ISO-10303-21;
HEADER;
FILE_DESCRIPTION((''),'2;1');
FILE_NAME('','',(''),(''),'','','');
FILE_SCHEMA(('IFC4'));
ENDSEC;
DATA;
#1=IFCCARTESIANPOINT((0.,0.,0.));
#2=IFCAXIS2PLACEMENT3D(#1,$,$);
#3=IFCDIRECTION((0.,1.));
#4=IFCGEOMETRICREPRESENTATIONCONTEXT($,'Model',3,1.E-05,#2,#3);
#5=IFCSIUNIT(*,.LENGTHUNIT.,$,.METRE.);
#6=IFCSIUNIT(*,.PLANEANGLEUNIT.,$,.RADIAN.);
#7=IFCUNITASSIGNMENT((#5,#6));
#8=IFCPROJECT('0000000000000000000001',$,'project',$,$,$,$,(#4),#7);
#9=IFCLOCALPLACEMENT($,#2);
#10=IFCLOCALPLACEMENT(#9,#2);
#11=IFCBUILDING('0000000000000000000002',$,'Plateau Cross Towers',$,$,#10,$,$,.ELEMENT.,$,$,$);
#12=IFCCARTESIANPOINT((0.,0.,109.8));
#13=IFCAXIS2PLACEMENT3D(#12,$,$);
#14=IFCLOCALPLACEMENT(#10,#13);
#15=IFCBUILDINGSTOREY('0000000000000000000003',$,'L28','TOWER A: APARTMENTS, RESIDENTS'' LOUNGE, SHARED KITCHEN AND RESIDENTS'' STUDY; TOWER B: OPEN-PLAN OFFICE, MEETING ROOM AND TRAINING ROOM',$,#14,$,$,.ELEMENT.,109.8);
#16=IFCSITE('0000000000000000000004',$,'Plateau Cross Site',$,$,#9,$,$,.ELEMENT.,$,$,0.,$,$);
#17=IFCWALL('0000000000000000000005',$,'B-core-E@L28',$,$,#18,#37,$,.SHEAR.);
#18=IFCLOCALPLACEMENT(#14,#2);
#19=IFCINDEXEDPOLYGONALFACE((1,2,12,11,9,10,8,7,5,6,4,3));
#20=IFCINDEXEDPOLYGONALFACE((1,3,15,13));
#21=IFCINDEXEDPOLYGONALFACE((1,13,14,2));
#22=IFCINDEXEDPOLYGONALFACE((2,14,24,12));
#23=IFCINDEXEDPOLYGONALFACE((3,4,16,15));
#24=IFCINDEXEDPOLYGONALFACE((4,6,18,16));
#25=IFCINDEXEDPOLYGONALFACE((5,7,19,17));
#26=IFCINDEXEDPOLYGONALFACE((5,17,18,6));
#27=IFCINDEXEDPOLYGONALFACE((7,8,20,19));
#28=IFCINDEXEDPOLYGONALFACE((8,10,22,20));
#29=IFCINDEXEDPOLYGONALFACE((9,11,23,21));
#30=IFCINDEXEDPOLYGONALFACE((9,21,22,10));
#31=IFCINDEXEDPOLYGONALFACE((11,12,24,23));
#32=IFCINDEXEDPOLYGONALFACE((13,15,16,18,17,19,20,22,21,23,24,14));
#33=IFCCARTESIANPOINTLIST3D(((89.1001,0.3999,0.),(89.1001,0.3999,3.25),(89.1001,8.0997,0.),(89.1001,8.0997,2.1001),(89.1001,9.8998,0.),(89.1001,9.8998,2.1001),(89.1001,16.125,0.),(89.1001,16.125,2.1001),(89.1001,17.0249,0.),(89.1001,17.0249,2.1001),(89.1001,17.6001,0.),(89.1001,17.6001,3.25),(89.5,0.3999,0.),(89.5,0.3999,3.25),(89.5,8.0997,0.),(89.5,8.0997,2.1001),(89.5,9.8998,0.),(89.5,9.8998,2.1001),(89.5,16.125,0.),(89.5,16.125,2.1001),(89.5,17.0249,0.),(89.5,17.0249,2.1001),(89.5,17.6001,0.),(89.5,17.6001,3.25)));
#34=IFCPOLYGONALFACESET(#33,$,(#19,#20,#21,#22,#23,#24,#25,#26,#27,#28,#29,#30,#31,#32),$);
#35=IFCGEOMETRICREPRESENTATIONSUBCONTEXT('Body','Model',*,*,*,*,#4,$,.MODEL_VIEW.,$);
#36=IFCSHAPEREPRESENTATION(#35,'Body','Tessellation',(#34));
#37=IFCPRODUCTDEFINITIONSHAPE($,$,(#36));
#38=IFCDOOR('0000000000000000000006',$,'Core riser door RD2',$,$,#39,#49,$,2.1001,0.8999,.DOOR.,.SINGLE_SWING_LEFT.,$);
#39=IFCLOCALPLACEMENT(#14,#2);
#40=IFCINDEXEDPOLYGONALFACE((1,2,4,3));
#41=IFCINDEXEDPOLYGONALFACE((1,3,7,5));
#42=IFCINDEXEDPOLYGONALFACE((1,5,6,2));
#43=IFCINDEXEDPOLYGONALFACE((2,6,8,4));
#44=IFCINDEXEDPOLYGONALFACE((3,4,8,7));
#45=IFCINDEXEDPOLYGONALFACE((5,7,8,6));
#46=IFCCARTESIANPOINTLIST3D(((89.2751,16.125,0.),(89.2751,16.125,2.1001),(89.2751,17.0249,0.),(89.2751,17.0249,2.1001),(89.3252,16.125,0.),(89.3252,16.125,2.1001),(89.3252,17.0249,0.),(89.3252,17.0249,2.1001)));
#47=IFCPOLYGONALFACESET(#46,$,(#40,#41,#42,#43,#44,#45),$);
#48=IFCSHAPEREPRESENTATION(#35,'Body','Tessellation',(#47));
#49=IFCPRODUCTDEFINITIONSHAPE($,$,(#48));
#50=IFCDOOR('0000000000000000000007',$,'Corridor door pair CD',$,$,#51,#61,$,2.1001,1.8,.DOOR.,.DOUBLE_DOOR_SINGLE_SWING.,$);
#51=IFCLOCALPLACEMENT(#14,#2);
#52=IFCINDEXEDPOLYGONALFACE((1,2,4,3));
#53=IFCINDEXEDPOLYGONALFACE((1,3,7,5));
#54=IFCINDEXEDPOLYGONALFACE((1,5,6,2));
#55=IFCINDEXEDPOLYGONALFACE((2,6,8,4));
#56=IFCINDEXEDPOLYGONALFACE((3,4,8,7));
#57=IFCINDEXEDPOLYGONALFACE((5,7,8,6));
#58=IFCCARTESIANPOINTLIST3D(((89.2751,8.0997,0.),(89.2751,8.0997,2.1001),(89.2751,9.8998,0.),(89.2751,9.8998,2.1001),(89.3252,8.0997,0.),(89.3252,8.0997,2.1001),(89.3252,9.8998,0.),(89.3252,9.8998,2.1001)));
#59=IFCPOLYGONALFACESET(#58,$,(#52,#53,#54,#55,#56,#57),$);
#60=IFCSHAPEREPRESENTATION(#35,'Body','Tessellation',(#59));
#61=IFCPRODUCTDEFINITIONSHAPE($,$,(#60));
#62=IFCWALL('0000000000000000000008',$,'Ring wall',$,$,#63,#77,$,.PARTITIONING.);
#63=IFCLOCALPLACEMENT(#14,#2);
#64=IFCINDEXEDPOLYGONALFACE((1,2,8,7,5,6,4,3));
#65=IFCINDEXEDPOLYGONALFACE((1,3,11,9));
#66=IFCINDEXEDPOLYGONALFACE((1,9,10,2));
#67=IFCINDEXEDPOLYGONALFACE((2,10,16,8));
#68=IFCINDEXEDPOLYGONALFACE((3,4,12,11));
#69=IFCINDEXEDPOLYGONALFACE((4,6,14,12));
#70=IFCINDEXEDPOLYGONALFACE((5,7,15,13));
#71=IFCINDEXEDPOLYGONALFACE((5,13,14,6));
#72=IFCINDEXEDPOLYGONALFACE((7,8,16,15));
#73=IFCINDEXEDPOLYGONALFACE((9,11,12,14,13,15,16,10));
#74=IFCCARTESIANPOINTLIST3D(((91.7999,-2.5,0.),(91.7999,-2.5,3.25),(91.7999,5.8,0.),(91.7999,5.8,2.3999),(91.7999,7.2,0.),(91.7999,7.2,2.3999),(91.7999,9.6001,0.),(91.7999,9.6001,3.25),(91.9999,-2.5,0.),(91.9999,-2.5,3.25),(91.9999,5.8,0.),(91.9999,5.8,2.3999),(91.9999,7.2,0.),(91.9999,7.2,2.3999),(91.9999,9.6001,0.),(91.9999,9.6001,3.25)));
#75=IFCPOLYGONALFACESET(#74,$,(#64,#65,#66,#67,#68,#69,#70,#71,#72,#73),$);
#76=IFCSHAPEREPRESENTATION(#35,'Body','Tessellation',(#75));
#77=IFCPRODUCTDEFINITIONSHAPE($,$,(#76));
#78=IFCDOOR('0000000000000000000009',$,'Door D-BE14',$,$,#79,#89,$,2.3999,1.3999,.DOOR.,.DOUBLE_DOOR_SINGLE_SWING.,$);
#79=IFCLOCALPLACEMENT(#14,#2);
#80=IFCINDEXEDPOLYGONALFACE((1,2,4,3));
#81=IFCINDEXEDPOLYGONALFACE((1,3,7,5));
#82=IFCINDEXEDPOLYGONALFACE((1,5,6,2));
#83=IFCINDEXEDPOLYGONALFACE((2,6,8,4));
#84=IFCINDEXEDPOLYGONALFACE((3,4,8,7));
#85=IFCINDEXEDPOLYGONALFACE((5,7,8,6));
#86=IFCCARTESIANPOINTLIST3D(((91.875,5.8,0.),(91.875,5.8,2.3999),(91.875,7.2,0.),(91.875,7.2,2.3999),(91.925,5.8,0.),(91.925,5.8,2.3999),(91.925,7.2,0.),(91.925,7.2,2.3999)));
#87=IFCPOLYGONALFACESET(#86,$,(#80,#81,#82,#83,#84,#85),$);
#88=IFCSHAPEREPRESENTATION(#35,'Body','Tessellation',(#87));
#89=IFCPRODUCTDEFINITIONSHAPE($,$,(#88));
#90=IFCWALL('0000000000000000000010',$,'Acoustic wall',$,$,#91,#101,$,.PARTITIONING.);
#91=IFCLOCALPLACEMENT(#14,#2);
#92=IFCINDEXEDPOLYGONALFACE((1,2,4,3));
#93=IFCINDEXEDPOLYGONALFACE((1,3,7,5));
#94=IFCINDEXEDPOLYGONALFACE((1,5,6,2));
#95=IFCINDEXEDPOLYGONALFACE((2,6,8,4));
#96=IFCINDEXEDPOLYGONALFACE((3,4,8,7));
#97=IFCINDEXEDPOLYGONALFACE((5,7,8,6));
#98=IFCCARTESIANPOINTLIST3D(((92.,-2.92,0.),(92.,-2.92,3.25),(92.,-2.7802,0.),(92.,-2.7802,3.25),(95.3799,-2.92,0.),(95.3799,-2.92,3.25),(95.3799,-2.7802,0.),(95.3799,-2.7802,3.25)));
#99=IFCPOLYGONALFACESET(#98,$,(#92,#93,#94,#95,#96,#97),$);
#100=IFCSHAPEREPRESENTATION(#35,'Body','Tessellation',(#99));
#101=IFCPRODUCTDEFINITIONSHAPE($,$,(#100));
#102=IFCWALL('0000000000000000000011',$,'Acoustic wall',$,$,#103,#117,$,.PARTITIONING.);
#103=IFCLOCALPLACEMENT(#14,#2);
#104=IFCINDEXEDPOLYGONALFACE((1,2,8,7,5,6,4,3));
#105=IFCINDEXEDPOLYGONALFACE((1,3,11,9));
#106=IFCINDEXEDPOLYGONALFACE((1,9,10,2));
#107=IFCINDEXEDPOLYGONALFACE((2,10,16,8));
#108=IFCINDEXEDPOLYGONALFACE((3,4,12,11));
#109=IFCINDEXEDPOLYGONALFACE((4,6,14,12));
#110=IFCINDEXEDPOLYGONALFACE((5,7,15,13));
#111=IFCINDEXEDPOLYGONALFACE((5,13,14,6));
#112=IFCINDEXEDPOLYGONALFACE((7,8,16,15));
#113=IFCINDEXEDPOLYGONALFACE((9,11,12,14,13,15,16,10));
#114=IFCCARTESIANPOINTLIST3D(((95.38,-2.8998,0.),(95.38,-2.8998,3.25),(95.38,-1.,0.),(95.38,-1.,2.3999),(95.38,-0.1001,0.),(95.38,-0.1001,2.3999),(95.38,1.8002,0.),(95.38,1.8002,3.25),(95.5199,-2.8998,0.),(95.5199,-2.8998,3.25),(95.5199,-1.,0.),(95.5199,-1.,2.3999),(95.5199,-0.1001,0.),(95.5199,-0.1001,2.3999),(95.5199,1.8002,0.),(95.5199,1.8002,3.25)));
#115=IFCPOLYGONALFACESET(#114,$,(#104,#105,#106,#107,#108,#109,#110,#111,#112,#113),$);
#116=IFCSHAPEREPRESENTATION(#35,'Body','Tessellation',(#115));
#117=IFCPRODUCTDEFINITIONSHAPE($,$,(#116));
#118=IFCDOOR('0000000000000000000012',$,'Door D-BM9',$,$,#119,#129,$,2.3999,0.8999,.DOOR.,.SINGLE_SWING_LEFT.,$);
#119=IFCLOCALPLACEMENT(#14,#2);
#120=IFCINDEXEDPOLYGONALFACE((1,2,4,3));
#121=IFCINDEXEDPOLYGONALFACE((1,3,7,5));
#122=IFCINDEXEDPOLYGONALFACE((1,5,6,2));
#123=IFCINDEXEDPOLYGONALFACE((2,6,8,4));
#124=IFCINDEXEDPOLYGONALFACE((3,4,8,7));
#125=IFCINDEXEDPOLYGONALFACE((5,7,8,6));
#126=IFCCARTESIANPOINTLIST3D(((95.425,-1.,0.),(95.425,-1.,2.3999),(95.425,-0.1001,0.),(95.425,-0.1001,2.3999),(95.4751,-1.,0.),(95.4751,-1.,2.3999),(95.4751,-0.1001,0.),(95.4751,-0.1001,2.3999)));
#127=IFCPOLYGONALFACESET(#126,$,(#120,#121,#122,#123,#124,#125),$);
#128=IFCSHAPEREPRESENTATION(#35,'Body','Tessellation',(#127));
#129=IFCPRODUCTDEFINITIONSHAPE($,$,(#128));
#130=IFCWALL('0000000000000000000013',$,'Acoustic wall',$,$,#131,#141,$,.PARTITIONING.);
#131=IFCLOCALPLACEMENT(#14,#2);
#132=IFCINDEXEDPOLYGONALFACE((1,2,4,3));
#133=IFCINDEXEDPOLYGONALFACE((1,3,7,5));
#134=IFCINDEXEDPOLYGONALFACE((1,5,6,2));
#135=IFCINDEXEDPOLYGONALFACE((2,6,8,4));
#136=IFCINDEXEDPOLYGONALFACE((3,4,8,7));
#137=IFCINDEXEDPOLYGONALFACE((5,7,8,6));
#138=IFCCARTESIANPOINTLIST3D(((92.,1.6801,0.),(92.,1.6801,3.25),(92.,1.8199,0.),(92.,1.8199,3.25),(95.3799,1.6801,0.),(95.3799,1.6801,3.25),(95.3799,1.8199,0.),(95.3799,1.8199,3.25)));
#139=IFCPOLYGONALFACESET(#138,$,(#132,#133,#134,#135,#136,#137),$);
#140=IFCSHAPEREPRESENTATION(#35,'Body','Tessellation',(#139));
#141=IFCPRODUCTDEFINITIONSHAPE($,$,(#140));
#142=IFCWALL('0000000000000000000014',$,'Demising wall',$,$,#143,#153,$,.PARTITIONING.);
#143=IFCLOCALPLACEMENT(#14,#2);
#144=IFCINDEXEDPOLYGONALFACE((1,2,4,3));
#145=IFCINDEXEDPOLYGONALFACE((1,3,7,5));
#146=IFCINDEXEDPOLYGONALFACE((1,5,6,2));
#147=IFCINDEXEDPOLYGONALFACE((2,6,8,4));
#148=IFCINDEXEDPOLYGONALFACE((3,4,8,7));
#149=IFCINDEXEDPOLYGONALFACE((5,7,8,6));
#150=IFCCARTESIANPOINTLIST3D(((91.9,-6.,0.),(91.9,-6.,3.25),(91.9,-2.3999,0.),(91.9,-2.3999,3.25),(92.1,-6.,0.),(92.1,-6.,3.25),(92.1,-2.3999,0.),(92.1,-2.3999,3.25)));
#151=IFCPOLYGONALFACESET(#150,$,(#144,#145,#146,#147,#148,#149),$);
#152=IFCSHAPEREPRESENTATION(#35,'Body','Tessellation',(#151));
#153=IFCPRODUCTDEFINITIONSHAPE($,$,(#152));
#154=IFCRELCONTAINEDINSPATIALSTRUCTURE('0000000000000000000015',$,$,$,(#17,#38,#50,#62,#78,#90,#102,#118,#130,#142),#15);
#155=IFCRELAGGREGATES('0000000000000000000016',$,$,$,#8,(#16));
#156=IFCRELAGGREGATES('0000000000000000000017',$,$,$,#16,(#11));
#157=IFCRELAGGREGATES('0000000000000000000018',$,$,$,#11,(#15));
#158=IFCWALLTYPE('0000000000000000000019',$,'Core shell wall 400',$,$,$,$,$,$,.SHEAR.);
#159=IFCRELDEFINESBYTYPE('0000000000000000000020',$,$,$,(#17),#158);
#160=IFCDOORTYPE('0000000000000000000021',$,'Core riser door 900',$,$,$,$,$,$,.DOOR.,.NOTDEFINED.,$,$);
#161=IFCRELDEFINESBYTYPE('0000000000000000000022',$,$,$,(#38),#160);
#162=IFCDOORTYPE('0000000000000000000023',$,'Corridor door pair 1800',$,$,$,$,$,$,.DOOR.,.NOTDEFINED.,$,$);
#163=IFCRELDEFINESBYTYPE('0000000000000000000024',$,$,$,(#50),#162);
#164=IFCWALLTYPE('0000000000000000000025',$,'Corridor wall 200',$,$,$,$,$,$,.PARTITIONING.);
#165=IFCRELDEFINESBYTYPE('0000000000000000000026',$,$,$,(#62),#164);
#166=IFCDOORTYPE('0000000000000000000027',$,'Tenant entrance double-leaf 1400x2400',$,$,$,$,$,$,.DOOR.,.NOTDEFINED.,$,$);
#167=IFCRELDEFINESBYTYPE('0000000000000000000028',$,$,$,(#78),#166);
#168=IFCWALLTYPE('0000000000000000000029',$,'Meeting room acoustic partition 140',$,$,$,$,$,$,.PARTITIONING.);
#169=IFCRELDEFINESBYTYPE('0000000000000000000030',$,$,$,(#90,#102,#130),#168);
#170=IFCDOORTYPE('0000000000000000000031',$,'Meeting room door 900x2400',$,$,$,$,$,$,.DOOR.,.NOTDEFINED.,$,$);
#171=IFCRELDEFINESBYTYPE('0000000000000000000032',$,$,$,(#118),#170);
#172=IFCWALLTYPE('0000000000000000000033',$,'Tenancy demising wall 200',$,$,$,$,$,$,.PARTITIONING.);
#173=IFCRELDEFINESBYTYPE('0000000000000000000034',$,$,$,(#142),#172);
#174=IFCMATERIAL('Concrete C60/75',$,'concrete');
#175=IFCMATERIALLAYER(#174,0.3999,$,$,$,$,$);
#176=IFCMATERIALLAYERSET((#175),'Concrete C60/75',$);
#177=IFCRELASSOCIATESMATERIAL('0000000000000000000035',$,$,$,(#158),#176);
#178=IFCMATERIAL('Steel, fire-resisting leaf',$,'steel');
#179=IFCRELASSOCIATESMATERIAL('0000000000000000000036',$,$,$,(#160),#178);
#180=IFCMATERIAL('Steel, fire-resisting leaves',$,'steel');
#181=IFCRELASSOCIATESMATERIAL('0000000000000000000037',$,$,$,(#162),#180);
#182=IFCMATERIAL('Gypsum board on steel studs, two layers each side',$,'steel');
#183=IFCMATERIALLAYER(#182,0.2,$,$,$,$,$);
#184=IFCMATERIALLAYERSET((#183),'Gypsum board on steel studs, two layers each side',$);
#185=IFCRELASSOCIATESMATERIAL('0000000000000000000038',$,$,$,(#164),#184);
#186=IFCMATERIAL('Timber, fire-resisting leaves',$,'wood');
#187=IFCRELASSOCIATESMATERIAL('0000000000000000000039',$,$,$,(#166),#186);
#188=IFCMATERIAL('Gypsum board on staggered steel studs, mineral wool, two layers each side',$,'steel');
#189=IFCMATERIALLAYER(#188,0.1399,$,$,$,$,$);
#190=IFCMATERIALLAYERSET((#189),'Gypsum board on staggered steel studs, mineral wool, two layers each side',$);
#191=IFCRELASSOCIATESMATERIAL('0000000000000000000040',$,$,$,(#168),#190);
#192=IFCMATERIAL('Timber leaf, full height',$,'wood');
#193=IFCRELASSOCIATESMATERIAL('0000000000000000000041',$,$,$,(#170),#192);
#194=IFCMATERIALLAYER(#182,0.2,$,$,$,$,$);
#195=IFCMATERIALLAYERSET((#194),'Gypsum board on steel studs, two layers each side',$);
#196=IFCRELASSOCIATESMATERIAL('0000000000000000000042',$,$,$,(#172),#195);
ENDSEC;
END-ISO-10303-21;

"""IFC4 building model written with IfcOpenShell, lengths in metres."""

from ifc_helpers import new_model, si_unit, direction, frame, frame_2d, origin, place, context, subcontext, project, spatial, rectangle, extrude, material, layer, layer_set, type_object, element, fill, save


model = new_model("IFC4")

# Units and contexts
model_context = context("Model", 3, precision=1e-05, world=origin(), true_north=direction((0.0, 1.0)))
body_context = subcontext(model_context, "Body", "Model", "MODEL_VIEW")
ifc_project = project(units=[si_unit("LENGTHUNIT", "METRE"), si_unit("PLANEANGLEUNIT", "RADIAN")], contexts=[model_context])

# Site, building, storey
site_placement = place(None, origin())
site = spatial("IfcSite", under=ifc_project, at=site_placement, Name="Plateau Cross Site", CompositionType="ELEMENT", RefElevation=0.0)
building_placement = place(site_placement, origin())
building = spatial("IfcBuilding", under=site, at=building_placement, Name="Plateau Cross Towers", CompositionType="ELEMENT")
storey_placement = place(building_placement, frame((0.0, 0.0, 109.8)))
storey = spatial("IfcBuildingStorey", under=building, at=storey_placement, Name="L28", Description="TOWER A: APARTMENTS, RESIDENTS' LOUNGE, SHARED KITCHEN AND RESIDENTS' STUDY; TOWER B: OPEN-PLAN OFFICE, MEETING ROOM AND TRAINING ROOM", CompositionType="ELEMENT", Elevation=109.8)

# Shared definitions
ifc_material_1 = material(Name="Concrete C60/75", Category="concrete")

# Shared definitions
ifc_material_2 = material(Name="Steel, fire-resisting leaf", Category="steel")

# Wall, openings, doors
ifc_layer_1 = layer(ifc_material_1, 0.3999)
ifc_layer_set_1 = layer_set([ifc_layer_1], Name="Concrete C60/75")
wall_type_1 = type_object("IfcWallType", Name="Core shell wall 400", PredefinedType="SHEAR", material=ifc_layer_set_1)
wall_1_placement = place(storey_placement, frame((89.3, 0.3999, 0.0), z_axis=(0.0, 0.0, 1.0), x_axis=(0.0, 1.0, 0.0)))
wall_1 = element("IfcWall", 1, at=wall_1_placement, inside=storey, type_object=wall_type_1, Name="B-core-E@L28", PredefinedType="SHEAR", context=body_context, shape_type="SweptSolid", body=[
    extrude(rectangle(XDim=17.2002, YDim=0.3999, at=frame_2d((8.6001, 0.0))), origin(), (0.0, 0.0, 1.0), 3.25),
])
opening_1_placement = place(wall_1_placement, frame((7.7, 0.0, 0.0)))
opening_1 = element("IfcOpeningElement", 2, at=opening_1_placement, cuts=wall_1, PredefinedType="OPENING", context=body_context, shape_type="SweptSolid", body=[
    extrude(rectangle(XDim=1.8, YDim=2.1001, at=frame_2d((0.8999, 1.05))), frame((0.0, 0.21, 0.0), z_axis=(0.0, -1.0, 0.0), x_axis=(1.0, 0.0, 0.0)), (0.0, 0.0, 1.0), 0.4199),
])
opening_2_placement = place(wall_1_placement, frame((15.7251, 0.0, 0.0)))
opening_2 = element("IfcOpeningElement", 3, at=opening_2_placement, cuts=wall_1, PredefinedType="OPENING", context=body_context, shape_type="SweptSolid", body=[
    extrude(rectangle(XDim=0.8999, YDim=2.1001, at=frame_2d((0.45, 1.05))), frame((0.0, 0.21, 0.0), z_axis=(0.0, -1.0, 0.0), x_axis=(1.0, 0.0, 0.0)), (0.0, 0.0, 1.0), 0.4199),
])
door_type_1 = type_object("IfcDoorType", Name="Core riser door 900", OperationType="NOTDEFINED", PredefinedType="DOOR", material=ifc_material_2)
door_1_placement = place(opening_2_placement, origin())
door_1 = element("IfcDoor", 4, at=door_1_placement, inside=storey, type_object=door_type_1, Name="Core riser door RD2", OperationType="SINGLE_SWING_LEFT", OverallHeight=2.1001, OverallWidth=0.8999, PredefinedType="DOOR", context=body_context, shape_type="SweptSolid", body=[
    extrude(rectangle(XDim=0.8999, YDim=2.1001, at=frame_2d((0.45, 1.05))), frame((0.0, 0.0249, 0.0), z_axis=(0.0, -1.0, 0.0), x_axis=(1.0, 0.0, 0.0)), (0.0, 0.0, 1.0), 0.05),
])
fill(opening_2, door_1)
ifc_material_3 = material(Name="Steel, fire-resisting leaves", Category="steel")
door_type_2 = type_object("IfcDoorType", Name="Corridor door pair 1800", OperationType="NOTDEFINED", PredefinedType="DOOR", material=ifc_material_3)
door_2_placement = place(opening_1_placement, origin())
door_2 = element("IfcDoor", 5, at=door_2_placement, inside=storey, type_object=door_type_2, Name="Corridor door pair CD", OperationType="DOUBLE_DOOR_SINGLE_SWING", OverallHeight=2.1001, OverallWidth=1.8, PredefinedType="DOOR", context=body_context, shape_type="SweptSolid", body=[
    extrude(rectangle(XDim=1.8, YDim=2.1001, at=frame_2d((0.8999, 1.05))), frame((0.0, 0.0249, 0.0), z_axis=(0.0, -1.0, 0.0), x_axis=(1.0, 0.0, 0.0)), (0.0, 0.0, 1.0), 0.05),
])
fill(opening_1, door_2)

# Wall, opening, door
ifc_material_4 = material(Name="Gypsum board on steel studs, two layers each side", Category="steel")
ifc_layer_2 = layer(ifc_material_4, 0.2)
ifc_layer_set_2 = layer_set([ifc_layer_2], Name="Gypsum board on steel studs, two layers each side")
wall_type_2 = type_object("IfcWallType", Name="Corridor wall 200", PredefinedType="PARTITIONING", material=ifc_layer_set_2)
wall_2_placement = place(storey_placement, frame((91.8999, -2.5, 0.0), z_axis=(0.0, 0.0, 1.0), x_axis=(0.0, 1.0, 0.0)))
wall_2 = element("IfcWall", 6, at=wall_2_placement, inside=storey, type_object=wall_type_2, Name="Ring wall", PredefinedType="PARTITIONING", context=body_context, shape_type="SweptSolid", body=[
    extrude(rectangle(XDim=12.1001, YDim=0.2, at=frame_2d((6.05, 0.0))), origin(), (0.0, 0.0, 1.0), 3.25),
])
opening_3_placement = place(wall_2_placement, frame((8.3, 0.0, 0.0)))
opening_3 = element("IfcOpeningElement", 7, at=opening_3_placement, cuts=wall_2, PredefinedType="OPENING", context=body_context, shape_type="SweptSolid", body=[
    extrude(rectangle(XDim=1.3999, YDim=2.3999, at=frame_2d((0.7, 1.2))), frame((0.0, 0.1099, 0.0), z_axis=(0.0, -1.0, 0.0), x_axis=(1.0, 0.0, 0.0)), (0.0, 0.0, 1.0), 0.22),
])
ifc_material_5 = material(Name="Timber, fire-resisting leaves", Category="wood")
door_type_3 = type_object("IfcDoorType", Name="Tenant entrance double-leaf 1400x2400", OperationType="NOTDEFINED", PredefinedType="DOOR", material=ifc_material_5)
door_3_placement = place(opening_3_placement, origin())
door_3 = element("IfcDoor", 8, at=door_3_placement, inside=storey, type_object=door_type_3, Name="Door D-BE14", OperationType="DOUBLE_DOOR_SINGLE_SWING", OverallHeight=2.3999, OverallWidth=1.3999, PredefinedType="DOOR", context=body_context, shape_type="SweptSolid", body=[
    extrude(rectangle(XDim=1.3999, YDim=2.3999, at=frame_2d((0.7, 1.2))), frame((0.0, 0.0249, 0.0), z_axis=(0.0, -1.0, 0.0), x_axis=(1.0, 0.0, 0.0)), (0.0, 0.0, 1.0), 0.05),
])
fill(opening_3, door_3)
ifc_material_6 = material(Name="Gypsum board on staggered steel studs, mineral wool, two layers each side", Category="steel")
ifc_layer_3 = layer(ifc_material_6, 0.1399)
ifc_layer_set_3 = layer_set([ifc_layer_3], Name="Gypsum board on staggered steel studs, mineral wool, two layers each side")
wall_type_3 = type_object("IfcWallType", Name="Meeting room acoustic partition 140", PredefinedType="PARTITIONING", material=ifc_layer_set_3)
ifc_material_7 = material(Name="Timber leaf, full height", Category="wood")
door_type_4 = type_object("IfcDoorType", Name="Meeting room door 900x2400", OperationType="NOTDEFINED", PredefinedType="DOOR", material=ifc_material_7)

# Wall
wall_3_placement = place(storey_placement, frame((92.0, -2.8501, 0.0), z_axis=(0.0, 0.0, 1.0), x_axis=(1.0, 0.0, 0.0)))
element("IfcWall", 9, at=wall_3_placement, inside=storey, type_object=wall_type_3, Name="Acoustic wall", PredefinedType="PARTITIONING", context=body_context, shape_type="SweptSolid", body=[
    extrude(rectangle(XDim=3.3799, YDim=0.1399, at=frame_2d((1.6899, 0.0))), origin(), (0.0, 0.0, 1.0), 3.25),
])

# Wall, opening, door
wall_4_placement = place(storey_placement, frame((95.45, -2.8999, 0.0), z_axis=(0.0, 0.0, 1.0), x_axis=(0.0, 1.0, 0.0)))
wall_4 = element("IfcWall", 10, at=wall_4_placement, inside=storey, type_object=wall_type_3, Name="Acoustic wall", PredefinedType="PARTITIONING", context=body_context, shape_type="SweptSolid", body=[
    extrude(rectangle(XDim=4.7, YDim=0.1399, at=frame_2d((2.3501, 0.0))), origin(), (0.0, 0.0, 1.0), 3.25),
])
opening_4_placement = place(wall_4_placement, frame((1.8999, 0.0, 0.0)))
opening_4 = element("IfcOpeningElement", 11, at=opening_4_placement, cuts=wall_4, PredefinedType="OPENING", context=body_context, shape_type="SweptSolid", body=[
    extrude(rectangle(XDim=0.8999, YDim=2.3999, at=frame_2d((0.45, 1.2))), frame((0.0, 0.0798, 0.0), z_axis=(0.0, -1.0, 0.0), x_axis=(1.0, 0.0, 0.0)), (0.0, 0.0, 1.0), 0.1599),
])
door_4_placement = place(opening_4_placement, origin())
door_4 = element("IfcDoor", 12, at=door_4_placement, inside=storey, type_object=door_type_4, Name="Door D-BM9", OperationType="SINGLE_SWING_LEFT", OverallHeight=2.3999, OverallWidth=0.8999, PredefinedType="DOOR", context=body_context, shape_type="SweptSolid", body=[
    extrude(rectangle(XDim=0.8999, YDim=2.3999, at=frame_2d((0.45, 1.2))), frame((0.0, 0.0249, 0.0), z_axis=(0.0, -1.0, 0.0), x_axis=(1.0, 0.0, 0.0)), (0.0, 0.0, 1.0), 0.05),
])
fill(opening_4, door_4)

# Walls
wall_5_placement = place(storey_placement, frame((92.0, 1.75, 0.0), z_axis=(0.0, 0.0, 1.0), x_axis=(1.0, 0.0, 0.0)))
element("IfcWall", 13, at=wall_5_placement, inside=storey, type_object=wall_type_3, Name="Acoustic wall", PredefinedType="PARTITIONING", context=body_context, shape_type="SweptSolid", body=[
    extrude(rectangle(XDim=3.3799, YDim=0.1399, at=frame_2d((1.6899, 0.0))), origin(), (0.0, 0.0, 1.0), 3.25),
])
ifc_layer_4 = layer(ifc_material_4, 0.2)
ifc_layer_set_4 = layer_set([ifc_layer_4], Name="Gypsum board on steel studs, two layers each side")
wall_type_4 = type_object("IfcWallType", Name="Tenancy demising wall 200", PredefinedType="PARTITIONING", material=ifc_layer_set_4)
wall_6_placement = place(storey_placement, frame((92.0, -6.0, 0.0), z_axis=(0.0, 0.0, 1.0), x_axis=(0.0, 1.0, 0.0)))
element("IfcWall", 14, at=wall_6_placement, inside=storey, type_object=wall_type_4, Name="Demising wall", PredefinedType="PARTITIONING", context=body_context, shape_type="SweptSolid", body=[
    extrude(rectangle(XDim=3.6001, YDim=0.2, at=frame_2d((1.8, 0.0))), origin(), (0.0, 0.0, 1.0), 3.25),
])

save(model, "model.ifc")
